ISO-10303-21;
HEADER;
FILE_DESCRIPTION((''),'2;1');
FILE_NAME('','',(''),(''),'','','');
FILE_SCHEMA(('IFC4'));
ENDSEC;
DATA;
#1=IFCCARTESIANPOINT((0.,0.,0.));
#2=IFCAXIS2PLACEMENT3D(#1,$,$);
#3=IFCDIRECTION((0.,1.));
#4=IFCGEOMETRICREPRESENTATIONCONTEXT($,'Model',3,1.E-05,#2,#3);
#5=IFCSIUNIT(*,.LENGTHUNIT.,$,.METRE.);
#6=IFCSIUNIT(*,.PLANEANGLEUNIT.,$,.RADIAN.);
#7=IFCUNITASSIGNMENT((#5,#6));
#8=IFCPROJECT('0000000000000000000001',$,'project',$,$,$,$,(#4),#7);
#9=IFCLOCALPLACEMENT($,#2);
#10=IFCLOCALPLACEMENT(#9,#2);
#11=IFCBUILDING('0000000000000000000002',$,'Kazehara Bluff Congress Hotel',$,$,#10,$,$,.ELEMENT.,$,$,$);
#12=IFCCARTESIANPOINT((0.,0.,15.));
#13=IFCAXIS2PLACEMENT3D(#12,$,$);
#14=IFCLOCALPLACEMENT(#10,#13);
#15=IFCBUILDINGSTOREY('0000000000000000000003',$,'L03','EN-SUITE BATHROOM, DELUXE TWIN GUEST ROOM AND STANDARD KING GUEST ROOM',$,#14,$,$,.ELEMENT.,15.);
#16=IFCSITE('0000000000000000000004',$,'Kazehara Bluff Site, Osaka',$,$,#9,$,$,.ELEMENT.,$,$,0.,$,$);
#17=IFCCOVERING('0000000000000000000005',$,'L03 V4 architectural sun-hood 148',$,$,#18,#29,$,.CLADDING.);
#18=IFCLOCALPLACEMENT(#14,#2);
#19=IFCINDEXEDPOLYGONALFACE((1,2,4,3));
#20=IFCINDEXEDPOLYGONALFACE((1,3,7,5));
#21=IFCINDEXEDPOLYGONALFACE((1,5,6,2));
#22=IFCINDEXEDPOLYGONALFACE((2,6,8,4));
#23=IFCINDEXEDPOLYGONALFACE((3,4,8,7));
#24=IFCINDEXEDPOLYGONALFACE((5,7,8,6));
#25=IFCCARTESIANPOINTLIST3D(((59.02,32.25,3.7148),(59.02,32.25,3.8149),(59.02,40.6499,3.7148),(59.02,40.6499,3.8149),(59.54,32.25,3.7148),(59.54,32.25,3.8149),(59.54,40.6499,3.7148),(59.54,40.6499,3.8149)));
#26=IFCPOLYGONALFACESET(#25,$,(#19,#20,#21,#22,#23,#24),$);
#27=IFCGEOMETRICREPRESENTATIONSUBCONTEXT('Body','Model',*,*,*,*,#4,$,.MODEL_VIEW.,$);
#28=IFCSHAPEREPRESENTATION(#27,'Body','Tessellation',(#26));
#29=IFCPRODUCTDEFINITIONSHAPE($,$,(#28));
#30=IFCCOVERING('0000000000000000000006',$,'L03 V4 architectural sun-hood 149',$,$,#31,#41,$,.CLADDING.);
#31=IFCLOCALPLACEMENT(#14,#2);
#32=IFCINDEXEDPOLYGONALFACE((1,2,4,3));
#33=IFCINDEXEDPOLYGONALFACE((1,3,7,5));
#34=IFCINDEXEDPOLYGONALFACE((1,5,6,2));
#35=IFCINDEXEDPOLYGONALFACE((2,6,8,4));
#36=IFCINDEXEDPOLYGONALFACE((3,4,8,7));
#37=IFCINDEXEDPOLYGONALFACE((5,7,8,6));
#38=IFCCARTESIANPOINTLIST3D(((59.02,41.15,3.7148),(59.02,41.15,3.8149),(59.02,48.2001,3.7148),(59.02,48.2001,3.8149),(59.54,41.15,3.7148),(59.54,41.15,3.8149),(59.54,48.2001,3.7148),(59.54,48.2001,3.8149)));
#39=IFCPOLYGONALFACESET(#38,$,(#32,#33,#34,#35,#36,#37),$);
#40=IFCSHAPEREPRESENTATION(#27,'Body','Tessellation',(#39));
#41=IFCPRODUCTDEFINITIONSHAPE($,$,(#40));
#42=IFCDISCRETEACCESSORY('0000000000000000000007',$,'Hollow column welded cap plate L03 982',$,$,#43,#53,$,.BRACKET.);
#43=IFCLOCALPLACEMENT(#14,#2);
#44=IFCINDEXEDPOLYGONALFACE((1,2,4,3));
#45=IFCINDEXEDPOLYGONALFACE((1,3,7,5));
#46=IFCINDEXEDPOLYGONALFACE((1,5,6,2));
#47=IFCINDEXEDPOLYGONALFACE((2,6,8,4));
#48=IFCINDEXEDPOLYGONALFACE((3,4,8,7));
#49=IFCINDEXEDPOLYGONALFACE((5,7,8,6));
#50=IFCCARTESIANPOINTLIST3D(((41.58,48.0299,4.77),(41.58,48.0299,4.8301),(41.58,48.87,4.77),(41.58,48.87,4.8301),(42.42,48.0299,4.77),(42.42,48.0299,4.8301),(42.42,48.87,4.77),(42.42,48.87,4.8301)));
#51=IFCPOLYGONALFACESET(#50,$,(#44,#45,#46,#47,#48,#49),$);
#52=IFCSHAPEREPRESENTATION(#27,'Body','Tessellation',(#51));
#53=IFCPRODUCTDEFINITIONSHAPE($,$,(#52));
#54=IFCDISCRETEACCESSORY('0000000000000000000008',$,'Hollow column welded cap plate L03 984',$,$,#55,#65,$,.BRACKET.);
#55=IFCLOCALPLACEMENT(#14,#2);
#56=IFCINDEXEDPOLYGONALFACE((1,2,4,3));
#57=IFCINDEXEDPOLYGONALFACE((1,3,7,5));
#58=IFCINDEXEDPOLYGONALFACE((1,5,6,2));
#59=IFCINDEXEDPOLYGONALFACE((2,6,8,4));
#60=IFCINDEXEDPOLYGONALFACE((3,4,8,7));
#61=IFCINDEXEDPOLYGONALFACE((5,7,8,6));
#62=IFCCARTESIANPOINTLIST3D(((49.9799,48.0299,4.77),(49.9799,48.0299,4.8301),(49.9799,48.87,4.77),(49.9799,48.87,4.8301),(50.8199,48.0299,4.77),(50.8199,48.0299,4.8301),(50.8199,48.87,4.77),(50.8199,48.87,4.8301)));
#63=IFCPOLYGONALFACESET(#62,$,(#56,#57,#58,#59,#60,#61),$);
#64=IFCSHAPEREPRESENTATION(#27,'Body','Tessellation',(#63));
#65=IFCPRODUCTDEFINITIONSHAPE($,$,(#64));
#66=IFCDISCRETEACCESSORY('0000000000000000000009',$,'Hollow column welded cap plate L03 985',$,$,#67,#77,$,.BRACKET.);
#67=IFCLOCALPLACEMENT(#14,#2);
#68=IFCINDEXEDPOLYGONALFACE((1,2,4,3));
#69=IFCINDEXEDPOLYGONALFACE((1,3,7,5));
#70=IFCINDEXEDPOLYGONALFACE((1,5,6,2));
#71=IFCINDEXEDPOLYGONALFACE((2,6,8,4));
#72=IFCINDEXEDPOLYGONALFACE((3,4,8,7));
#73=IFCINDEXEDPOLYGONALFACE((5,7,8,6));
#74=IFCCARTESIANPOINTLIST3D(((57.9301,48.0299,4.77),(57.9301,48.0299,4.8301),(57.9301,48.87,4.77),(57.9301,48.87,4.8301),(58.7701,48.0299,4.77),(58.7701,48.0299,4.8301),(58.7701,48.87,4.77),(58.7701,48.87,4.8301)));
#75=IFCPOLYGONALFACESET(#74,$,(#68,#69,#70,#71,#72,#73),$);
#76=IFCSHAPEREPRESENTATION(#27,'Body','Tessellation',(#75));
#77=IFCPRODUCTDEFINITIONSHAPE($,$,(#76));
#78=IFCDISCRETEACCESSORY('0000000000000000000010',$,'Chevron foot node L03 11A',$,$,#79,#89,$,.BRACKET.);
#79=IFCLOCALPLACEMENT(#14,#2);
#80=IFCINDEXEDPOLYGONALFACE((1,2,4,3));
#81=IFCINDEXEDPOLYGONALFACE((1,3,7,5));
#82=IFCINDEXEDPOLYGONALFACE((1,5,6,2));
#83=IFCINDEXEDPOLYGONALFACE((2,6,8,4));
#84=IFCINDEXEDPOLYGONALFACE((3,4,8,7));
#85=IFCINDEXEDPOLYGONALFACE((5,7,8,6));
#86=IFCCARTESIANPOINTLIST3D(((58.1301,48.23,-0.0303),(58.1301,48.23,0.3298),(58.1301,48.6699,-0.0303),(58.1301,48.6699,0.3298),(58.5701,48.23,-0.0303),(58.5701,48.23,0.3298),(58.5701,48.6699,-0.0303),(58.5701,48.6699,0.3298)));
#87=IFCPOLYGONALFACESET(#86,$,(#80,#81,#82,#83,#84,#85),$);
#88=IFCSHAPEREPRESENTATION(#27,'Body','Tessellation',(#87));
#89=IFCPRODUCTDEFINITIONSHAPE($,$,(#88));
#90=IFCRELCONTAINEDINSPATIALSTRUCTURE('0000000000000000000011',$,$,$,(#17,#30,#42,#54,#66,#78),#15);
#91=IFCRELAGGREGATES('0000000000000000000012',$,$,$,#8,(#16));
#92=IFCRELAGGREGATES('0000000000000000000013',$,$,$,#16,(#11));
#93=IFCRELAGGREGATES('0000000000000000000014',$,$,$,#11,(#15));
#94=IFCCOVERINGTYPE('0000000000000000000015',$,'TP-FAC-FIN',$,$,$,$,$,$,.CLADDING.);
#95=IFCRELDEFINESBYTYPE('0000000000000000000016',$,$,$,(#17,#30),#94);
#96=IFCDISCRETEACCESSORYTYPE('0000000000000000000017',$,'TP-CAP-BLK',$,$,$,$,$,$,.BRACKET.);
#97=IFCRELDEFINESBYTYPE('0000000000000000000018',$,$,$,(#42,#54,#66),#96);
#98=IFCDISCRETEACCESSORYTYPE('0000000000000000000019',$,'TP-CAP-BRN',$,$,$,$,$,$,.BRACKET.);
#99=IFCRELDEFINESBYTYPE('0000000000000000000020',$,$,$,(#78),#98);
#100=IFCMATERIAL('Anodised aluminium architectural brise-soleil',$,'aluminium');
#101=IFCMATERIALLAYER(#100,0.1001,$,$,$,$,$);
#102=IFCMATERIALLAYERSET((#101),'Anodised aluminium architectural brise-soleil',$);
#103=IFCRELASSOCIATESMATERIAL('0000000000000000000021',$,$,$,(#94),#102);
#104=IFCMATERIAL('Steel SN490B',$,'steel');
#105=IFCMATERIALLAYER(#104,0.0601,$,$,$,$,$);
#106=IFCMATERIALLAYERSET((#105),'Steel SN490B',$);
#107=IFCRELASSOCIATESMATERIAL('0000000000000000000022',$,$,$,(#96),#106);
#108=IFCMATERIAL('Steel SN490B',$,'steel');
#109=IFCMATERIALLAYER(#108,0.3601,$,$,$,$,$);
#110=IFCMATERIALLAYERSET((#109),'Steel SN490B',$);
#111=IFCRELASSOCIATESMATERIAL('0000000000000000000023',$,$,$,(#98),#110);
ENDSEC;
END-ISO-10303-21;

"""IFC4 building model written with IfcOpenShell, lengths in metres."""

from ifc_helpers import new_model, si_unit, direction, frame, origin, origin_2d, place, context, subcontext, project, spatial, rectangle, extrude, material, layer, layer_set, type_object, element, save


model = new_model("IFC4")

# Units and contexts
model_context = context("Model", 3, precision=1e-05, world=origin(), true_north=direction((0.0, 1.0)))
body_context = subcontext(model_context, "Body", "Model", "MODEL_VIEW")
ifc_project = project(units=[si_unit("LENGTHUNIT", "METRE"), si_unit("PLANEANGLEUNIT", "RADIAN")], contexts=[model_context])

# Site, building, storey
site_placement = place(None, origin())
site = spatial("IfcSite", under=ifc_project, at=site_placement, Name="Kazehara Bluff Site, Osaka", CompositionType="ELEMENT", RefElevation=0.0)
building_placement = place(site_placement, origin())
building = spatial("IfcBuilding", under=site, at=building_placement, Name="Kazehara Bluff Congress Hotel", CompositionType="ELEMENT")
storey_placement = place(building_placement, frame((0.0, 0.0, 15.0)))
storey = spatial("IfcBuildingStorey", under=building, at=storey_placement, Name="L03", Description="EN-SUITE BATHROOM, DELUXE TWIN GUEST ROOM AND STANDARD KING GUEST ROOM", CompositionType="ELEMENT", Elevation=15.0)

# Coverings
ifc_material_1 = material(Name="Anodised aluminium architectural brise-soleil", Category="aluminium")
ifc_layer_1 = layer(ifc_material_1, 0.1001)
ifc_layer_set_1 = layer_set([ifc_layer_1], Name="Anodised aluminium architectural brise-soleil")
covering_type = type_object("IfcCoveringType", Name="TP-FAC-FIN", PredefinedType="CLADDING", material=ifc_layer_set_1)
covering_1_placement = place(storey_placement, frame((59.28, 36.45, 3.7148), z_axis=(0.0, 0.0, 1.0), x_axis=(1.0, 0.0, 0.0)))
element("IfcCovering", 1, at=covering_1_placement, inside=storey, type_object=covering_type, Name="L03 V4 architectural sun-hood 148", PredefinedType="CLADDING", context=body_context, shape_type="SweptSolid", body=[
    extrude(rectangle(XDim=0.52, YDim=8.3999, at=origin_2d()), origin(), (0.0, 0.0, 1.0), 0.1001),
])
covering_2_placement = place(storey_placement, frame((59.28, 44.675, 3.7148), z_axis=(0.0, 0.0, 1.0), x_axis=(1.0, 0.0, 0.0)))
element("IfcCovering", 2, at=covering_2_placement, inside=storey, type_object=covering_type, Name="L03 V4 architectural sun-hood 149", PredefinedType="CLADDING", context=body_context, shape_type="SweptSolid", body=[
    extrude(rectangle(XDim=0.52, YDim=7.05, at=origin_2d()), origin(), (0.0, 0.0, 1.0), 0.1001),
])

# Discrete accessories
ifc_material_2 = material(Name="Steel SN490B", Category="steel")
ifc_layer_2 = layer(ifc_material_2, 0.0601)
ifc_layer_set_2 = layer_set([ifc_layer_2], Name="Steel SN490B")
discrete_accessory_type_1 = type_object("IfcDiscreteAccessoryType", Name="TP-CAP-BLK", PredefinedType="BRACKET", material=ifc_layer_set_2)
for number, where, z_axis, x_axis, name in (
    (3, (42.0, 48.45, 4.77), (0.0, 0.0, 1.0), (1.0, 0.0, 0.0), "Hollow column welded cap plate L03 982"),
    (4, (50.3999, 48.45, 4.77), (0.0, 0.0, 1.0), (1.0, 0.0, 0.0), "Hollow column welded cap plate L03 984"),
    (5, (58.3501, 48.45, 4.77), (0.0, 0.0, 1.0), (1.0, 0.0, 0.0), "Hollow column welded cap plate L03 985"),
):
    element("IfcDiscreteAccessory", number, at=place(storey_placement, frame(where, z_axis=z_axis, x_axis=x_axis)), inside=storey, type_object=discrete_accessory_type_1, Name=name, PredefinedType="BRACKET", context=body_context, shape_type="SweptSolid", body=[
        extrude(rectangle(XDim=0.8401, YDim=0.8401, at=origin_2d()), origin(), (0.0, 0.0, 1.0), 0.0601),
    ])
ifc_material_3 = material(Name="Steel SN490B", Category="steel")
ifc_layer_3 = layer(ifc_material_3, 0.3601)
ifc_layer_set_3 = layer_set([ifc_layer_3], Name="Steel SN490B")
discrete_accessory_type_2 = type_object("IfcDiscreteAccessoryType", Name="TP-CAP-BRN", PredefinedType="BRACKET", material=ifc_layer_set_3)
discrete_accessory_placement = place(storey_placement, frame((58.3501, 48.45, -0.0303), z_axis=(0.0, 0.0, 1.0), x_axis=(1.0, 0.0, 0.0)))
element("IfcDiscreteAccessory", 6, at=discrete_accessory_placement, inside=storey, type_object=discrete_accessory_type_2, Name="Chevron foot node L03 11A", PredefinedType="BRACKET", context=body_context, shape_type="SweptSolid", body=[
    extrude(rectangle(XDim=0.4399, YDim=0.4399, at=origin_2d()), origin(), (0.0, 0.0, 1.0), 0.3601),
])

save(model, "model.ifc")
